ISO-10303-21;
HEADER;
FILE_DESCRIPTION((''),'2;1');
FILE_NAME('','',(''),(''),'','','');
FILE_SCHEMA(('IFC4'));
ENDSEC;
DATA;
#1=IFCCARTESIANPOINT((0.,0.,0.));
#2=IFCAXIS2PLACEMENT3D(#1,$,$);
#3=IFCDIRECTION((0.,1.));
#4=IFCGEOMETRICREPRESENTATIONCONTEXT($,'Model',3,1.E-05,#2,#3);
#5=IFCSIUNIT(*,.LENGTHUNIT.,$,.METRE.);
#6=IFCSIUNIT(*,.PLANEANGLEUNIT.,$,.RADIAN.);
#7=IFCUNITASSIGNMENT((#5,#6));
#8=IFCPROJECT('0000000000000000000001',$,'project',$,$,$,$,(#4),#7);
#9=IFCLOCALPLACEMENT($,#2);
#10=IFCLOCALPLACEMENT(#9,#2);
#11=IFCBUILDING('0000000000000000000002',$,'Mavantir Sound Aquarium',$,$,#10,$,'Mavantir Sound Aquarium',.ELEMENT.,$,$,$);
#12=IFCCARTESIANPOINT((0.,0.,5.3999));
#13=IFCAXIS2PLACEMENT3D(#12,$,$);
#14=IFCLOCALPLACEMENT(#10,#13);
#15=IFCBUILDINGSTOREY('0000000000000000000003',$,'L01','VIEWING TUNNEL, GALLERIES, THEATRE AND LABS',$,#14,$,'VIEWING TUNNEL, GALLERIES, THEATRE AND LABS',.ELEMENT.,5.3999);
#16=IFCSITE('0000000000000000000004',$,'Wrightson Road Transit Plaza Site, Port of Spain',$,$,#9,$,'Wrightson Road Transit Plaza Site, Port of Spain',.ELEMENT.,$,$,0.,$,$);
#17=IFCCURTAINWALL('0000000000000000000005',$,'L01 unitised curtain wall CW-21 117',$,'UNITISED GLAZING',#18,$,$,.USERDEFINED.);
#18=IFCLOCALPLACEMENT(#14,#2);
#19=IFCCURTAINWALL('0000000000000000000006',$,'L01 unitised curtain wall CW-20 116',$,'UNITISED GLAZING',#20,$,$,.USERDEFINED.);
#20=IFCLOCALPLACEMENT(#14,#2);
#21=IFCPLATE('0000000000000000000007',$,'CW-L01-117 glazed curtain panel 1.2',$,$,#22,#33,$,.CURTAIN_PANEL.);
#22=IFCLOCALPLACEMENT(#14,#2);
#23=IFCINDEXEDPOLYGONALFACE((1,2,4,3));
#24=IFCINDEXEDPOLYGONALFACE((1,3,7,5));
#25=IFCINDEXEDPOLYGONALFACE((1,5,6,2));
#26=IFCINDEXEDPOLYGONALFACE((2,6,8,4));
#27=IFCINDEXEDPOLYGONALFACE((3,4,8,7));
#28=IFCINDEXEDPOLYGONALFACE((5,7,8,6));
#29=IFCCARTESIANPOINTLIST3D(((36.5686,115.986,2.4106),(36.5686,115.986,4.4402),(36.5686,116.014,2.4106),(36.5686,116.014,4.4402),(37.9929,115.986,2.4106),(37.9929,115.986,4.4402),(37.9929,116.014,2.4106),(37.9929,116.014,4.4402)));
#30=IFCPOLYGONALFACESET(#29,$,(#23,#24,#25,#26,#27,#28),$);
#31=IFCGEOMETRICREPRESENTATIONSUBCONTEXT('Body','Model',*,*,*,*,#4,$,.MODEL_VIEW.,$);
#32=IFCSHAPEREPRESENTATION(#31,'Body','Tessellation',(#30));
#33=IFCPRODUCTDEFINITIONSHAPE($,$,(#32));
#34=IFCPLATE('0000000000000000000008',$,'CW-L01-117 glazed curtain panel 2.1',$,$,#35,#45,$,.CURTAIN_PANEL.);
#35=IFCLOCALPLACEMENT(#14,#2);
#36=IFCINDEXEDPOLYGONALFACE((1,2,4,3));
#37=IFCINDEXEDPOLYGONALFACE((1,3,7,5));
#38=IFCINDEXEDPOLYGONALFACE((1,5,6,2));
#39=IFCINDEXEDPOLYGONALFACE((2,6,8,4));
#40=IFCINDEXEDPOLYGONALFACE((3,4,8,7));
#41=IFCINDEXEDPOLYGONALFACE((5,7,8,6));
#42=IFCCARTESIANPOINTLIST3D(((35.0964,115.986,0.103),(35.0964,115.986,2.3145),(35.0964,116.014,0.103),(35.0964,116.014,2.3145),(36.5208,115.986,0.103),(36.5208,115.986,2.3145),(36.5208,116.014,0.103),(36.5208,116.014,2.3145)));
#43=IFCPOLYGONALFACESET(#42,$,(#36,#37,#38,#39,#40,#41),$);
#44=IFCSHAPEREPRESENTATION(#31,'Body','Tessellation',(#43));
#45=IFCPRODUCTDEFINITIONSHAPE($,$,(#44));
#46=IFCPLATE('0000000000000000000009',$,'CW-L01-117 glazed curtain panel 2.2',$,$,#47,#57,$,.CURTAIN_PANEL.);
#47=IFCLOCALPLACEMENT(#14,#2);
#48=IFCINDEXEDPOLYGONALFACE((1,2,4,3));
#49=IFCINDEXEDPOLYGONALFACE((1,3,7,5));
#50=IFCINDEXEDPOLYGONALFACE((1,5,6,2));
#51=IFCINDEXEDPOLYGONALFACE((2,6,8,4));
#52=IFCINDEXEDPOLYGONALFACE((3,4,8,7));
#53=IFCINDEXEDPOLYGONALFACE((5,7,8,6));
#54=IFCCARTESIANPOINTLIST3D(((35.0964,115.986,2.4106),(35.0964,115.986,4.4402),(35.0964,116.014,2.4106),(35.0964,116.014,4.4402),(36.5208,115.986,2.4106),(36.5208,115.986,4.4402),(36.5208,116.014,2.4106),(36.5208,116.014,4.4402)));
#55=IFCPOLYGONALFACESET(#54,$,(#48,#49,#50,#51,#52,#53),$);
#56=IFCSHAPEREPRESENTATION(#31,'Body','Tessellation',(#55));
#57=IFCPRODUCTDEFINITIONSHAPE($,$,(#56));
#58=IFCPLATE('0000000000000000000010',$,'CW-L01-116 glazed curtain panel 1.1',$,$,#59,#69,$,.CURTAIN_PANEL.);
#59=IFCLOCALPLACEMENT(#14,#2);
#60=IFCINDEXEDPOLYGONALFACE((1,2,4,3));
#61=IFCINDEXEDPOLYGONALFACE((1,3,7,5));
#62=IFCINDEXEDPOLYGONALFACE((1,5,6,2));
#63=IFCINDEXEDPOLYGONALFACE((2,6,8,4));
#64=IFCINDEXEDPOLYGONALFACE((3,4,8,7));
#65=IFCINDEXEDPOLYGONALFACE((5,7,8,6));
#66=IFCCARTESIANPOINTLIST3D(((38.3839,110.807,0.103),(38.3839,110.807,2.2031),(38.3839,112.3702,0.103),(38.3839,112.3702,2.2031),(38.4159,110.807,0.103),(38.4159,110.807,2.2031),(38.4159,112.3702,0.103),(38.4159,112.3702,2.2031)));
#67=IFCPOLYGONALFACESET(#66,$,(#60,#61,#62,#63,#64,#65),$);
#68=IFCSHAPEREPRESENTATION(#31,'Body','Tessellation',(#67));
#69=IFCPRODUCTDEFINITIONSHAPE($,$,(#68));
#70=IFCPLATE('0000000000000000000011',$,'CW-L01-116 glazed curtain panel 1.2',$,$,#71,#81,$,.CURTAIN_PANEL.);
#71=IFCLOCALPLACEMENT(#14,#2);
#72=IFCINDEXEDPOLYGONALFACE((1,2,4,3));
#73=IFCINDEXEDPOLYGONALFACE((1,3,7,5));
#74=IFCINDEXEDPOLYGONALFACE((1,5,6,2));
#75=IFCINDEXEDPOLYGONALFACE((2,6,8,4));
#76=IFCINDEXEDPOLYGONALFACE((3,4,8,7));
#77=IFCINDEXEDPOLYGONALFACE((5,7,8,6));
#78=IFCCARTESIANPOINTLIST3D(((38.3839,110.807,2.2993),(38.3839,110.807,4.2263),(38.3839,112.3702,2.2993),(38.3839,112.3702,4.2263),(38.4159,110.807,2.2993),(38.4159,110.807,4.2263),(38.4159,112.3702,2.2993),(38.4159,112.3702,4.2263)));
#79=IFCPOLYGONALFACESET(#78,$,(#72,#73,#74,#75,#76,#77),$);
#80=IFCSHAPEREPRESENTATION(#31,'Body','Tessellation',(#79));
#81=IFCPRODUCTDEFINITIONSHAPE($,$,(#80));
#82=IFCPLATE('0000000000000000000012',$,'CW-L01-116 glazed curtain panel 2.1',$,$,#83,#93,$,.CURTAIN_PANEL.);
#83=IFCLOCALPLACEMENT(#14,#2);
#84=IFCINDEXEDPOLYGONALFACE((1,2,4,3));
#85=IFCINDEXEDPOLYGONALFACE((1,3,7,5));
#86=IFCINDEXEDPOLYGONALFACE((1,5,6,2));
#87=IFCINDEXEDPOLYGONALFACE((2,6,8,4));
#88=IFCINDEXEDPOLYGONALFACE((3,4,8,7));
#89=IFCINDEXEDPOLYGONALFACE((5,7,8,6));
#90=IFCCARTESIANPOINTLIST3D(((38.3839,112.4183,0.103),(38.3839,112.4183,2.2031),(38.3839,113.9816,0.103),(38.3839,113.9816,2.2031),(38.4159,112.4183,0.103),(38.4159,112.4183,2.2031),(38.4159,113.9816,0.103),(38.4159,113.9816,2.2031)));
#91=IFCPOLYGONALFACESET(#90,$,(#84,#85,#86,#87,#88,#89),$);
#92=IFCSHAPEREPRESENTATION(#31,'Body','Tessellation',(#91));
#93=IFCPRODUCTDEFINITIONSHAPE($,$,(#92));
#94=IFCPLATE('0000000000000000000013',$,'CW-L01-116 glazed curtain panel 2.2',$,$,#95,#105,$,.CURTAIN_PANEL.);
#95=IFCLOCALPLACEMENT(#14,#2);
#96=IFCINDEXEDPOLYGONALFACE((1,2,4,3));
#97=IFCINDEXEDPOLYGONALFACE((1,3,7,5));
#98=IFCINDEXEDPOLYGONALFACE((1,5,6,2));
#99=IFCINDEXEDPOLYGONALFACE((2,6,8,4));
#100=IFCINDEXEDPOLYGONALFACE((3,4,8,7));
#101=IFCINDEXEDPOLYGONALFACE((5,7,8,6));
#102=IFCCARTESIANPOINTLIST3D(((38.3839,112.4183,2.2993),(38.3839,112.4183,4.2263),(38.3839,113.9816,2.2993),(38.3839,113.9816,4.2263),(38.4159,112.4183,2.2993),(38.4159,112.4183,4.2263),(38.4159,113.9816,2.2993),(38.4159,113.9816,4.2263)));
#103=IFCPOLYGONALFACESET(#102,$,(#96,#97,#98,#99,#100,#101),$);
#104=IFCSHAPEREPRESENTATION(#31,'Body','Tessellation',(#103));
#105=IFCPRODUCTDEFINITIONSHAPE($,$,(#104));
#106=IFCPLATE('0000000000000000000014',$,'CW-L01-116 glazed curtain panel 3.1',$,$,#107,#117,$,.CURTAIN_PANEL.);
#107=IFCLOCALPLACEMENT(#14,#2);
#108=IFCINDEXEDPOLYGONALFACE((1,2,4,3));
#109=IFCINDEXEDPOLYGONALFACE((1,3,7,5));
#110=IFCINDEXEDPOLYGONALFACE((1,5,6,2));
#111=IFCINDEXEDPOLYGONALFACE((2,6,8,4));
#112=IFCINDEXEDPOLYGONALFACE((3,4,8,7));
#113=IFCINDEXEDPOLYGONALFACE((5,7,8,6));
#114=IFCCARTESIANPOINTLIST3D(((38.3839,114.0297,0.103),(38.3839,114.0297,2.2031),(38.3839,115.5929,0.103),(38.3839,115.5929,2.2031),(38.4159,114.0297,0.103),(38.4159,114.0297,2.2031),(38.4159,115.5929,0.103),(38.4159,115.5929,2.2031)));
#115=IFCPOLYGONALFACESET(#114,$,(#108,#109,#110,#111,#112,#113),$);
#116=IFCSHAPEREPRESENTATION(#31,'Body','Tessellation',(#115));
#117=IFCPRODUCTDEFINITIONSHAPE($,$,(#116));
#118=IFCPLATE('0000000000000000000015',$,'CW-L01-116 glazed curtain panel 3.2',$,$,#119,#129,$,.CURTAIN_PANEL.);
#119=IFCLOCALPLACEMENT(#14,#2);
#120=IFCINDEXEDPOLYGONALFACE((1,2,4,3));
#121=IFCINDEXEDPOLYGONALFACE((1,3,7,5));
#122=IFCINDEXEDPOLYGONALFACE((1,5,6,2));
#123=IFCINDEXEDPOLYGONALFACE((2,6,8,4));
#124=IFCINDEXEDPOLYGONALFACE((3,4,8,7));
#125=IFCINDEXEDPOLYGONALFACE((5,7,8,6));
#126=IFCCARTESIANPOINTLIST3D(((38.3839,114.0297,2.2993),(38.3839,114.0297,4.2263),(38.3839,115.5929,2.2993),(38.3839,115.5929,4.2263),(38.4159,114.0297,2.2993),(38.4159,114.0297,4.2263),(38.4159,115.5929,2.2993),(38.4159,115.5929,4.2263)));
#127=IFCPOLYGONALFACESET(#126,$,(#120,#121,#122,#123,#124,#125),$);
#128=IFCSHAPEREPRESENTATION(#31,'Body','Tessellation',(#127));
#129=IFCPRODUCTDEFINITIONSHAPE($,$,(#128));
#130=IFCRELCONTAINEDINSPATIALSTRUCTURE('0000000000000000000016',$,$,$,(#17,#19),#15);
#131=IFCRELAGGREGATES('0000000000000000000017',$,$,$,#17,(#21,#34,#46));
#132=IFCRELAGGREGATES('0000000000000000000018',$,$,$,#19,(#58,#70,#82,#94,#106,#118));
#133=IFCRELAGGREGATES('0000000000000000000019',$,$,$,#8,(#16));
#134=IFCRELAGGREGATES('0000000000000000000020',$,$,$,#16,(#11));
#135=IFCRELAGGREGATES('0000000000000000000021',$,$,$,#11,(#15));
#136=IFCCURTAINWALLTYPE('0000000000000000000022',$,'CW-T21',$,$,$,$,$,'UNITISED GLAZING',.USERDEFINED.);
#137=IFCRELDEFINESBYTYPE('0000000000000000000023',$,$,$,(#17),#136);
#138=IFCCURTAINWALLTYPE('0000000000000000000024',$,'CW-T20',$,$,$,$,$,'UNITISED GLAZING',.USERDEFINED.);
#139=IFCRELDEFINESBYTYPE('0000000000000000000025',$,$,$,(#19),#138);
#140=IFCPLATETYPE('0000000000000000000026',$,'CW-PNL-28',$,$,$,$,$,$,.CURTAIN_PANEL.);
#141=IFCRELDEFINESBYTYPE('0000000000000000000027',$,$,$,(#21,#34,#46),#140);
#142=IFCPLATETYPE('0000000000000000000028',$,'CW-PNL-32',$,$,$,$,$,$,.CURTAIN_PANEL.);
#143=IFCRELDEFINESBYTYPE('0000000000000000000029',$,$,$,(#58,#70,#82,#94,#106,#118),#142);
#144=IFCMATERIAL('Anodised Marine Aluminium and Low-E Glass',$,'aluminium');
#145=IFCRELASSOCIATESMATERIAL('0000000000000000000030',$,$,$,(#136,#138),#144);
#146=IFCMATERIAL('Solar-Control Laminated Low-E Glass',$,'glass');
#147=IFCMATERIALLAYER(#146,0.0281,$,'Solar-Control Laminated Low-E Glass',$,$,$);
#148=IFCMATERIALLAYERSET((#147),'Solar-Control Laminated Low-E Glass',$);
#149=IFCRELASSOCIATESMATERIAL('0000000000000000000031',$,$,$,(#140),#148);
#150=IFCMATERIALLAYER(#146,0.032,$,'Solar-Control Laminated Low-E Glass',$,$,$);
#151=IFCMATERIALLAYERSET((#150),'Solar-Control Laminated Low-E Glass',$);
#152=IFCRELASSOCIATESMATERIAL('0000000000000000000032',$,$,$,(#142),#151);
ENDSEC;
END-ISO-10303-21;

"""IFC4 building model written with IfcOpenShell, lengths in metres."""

from ifc_helpers import new_model, si_unit, direction, frame, origin, origin_2d, place, context, subcontext, project, spatial, rectangle, extrude, material, layer, layer_set, type_object, element, aggregate, save


model = new_model("IFC4")

# Units and contexts
model_context = context("Model", 3, precision=1e-05, world=origin(), true_north=direction((0.0, 1.0)))
body_context = subcontext(model_context, "Body", "Model", "MODEL_VIEW")
ifc_project = project(units=[si_unit("LENGTHUNIT", "METRE"), si_unit("PLANEANGLEUNIT", "RADIAN")], contexts=[model_context])

# Site, building, storey
site_placement = place(None, origin())
site = spatial("IfcSite", under=ifc_project, at=site_placement, Name="Wrightson Road Transit Plaza Site, Port of Spain", LongName="Wrightson Road Transit Plaza Site, Port of Spain", CompositionType="ELEMENT", RefElevation=0.0)
building_placement = place(site_placement, origin())
building = spatial("IfcBuilding", under=site, at=building_placement, Name="Mavantir Sound Aquarium", LongName="Mavantir Sound Aquarium", CompositionType="ELEMENT")
storey_placement = place(building_placement, frame((0.0, 0.0, 5.3999)))
storey = spatial("IfcBuildingStorey", under=building, at=storey_placement, Name="L01", Description="VIEWING TUNNEL, GALLERIES, THEATRE AND LABS", LongName="VIEWING TUNNEL, GALLERIES, THEATRE AND LABS", CompositionType="ELEMENT", Elevation=5.3999)

# Curtain walls
ifc_material_1 = material(Name="Anodised Marine Aluminium and Low-E Glass", Category="aluminium")
curtain_wall_type_1 = type_object("IfcCurtainWallType", Name="CW-T21", ElementType="UNITISED GLAZING", PredefinedType="USERDEFINED", material=ifc_material_1)
curtain_wall_1_placement = place(storey_placement, origin())
curtain_wall_1 = element("IfcCurtainWall", 1, at=curtain_wall_1_placement, inside=storey, type_object=curtain_wall_type_1, Name="L01 unitised curtain wall CW-21 117", ObjectType="UNITISED GLAZING", PredefinedType="USERDEFINED")
curtain_wall_type_2 = type_object("IfcCurtainWallType", Name="CW-T20", ElementType="UNITISED GLAZING", PredefinedType="USERDEFINED", material=ifc_material_1)
curtain_wall_2_placement = place(storey_placement, origin())
curtain_wall_2 = element("IfcCurtainWall", 2, at=curtain_wall_2_placement, inside=storey, type_object=curtain_wall_type_2, Name="L01 unitised curtain wall CW-20 116", ObjectType="UNITISED GLAZING", PredefinedType="USERDEFINED")

# Plates
ifc_material_2 = material(Name="Solar-Control Laminated Low-E Glass", Category="glass")
ifc_layer_1 = layer(ifc_material_2, 0.0281, Name="Solar-Control Laminated Low-E Glass")
ifc_layer_set_1 = layer_set([ifc_layer_1], Name="Solar-Control Laminated Low-E Glass")
plate_type_1 = type_object("IfcPlateType", Name="CW-PNL-28", PredefinedType="CURTAIN_PANEL", material=ifc_layer_set_1)
plate_1_placement = place(storey_placement, frame((37.2808, 116.0, 2.4106), z_axis=(0.0, 0.0, 1.0), x_axis=(-1.0, 0.0, 0.0)))
plate_1 = element("IfcPlate", 3, at=plate_1_placement, type_object=plate_type_1, Name="CW-L01-117 glazed curtain panel 1.2", PredefinedType="CURTAIN_PANEL", context=body_context, shape_type="SweptSolid", body=[
    extrude(rectangle(XDim=1.4243, YDim=0.0281, at=origin_2d()), origin(), (0.0, 0.0, 1.0), 2.0295),
])
plate_2_placement = place(storey_placement, frame((35.8086, 116.0, 0.103), z_axis=(0.0, 0.0, 1.0), x_axis=(-1.0, 0.0, 0.0)))
plate_2 = element("IfcPlate", 4, at=plate_2_placement, type_object=plate_type_1, Name="CW-L01-117 glazed curtain panel 2.1", PredefinedType="CURTAIN_PANEL", context=body_context, shape_type="SweptSolid", body=[
    extrude(rectangle(XDim=1.4243, YDim=0.0281, at=origin_2d()), origin(), (0.0, 0.0, 1.0), 2.2114),
])
plate_3_placement = place(storey_placement, frame((35.8086, 116.0, 2.4106), z_axis=(0.0, 0.0, 1.0), x_axis=(-1.0, 0.0, 0.0)))
plate_3 = element("IfcPlate", 5, at=plate_3_placement, type_object=plate_type_1, Name="CW-L01-117 glazed curtain panel 2.2", PredefinedType="CURTAIN_PANEL", context=body_context, shape_type="SweptSolid", body=[
    extrude(rectangle(XDim=1.4243, YDim=0.0281, at=origin_2d()), origin(), (0.0, 0.0, 1.0), 2.0295),
])
aggregate(curtain_wall_1, [plate_1, plate_2, plate_3])
ifc_layer_2 = layer(ifc_material_2, 0.032, Name="Solar-Control Laminated Low-E Glass")
ifc_layer_set_2 = layer_set([ifc_layer_2], Name="Solar-Control Laminated Low-E Glass")
plate_type_2 = type_object("IfcPlateType", Name="CW-PNL-32", PredefinedType="CURTAIN_PANEL", material=ifc_layer_set_2)
plate_4_placement = place(storey_placement, frame((38.3999, 111.5886, 0.103), z_axis=(0.0, 0.0, 1.0), x_axis=(0.0, 1.0, 0.0)))
plate_4 = element("IfcPlate", 6, at=plate_4_placement, type_object=plate_type_2, Name="CW-L01-116 glazed curtain panel 1.1", PredefinedType="CURTAIN_PANEL", context=body_context, shape_type="SweptSolid", body=[
    extrude(rectangle(XDim=1.5632, YDim=0.032, at=origin_2d()), origin(), (0.0, 0.0, 1.0), 2.1001),
])
plate_5_placement = place(storey_placement, frame((38.3999, 111.5886, 2.2993), z_axis=(0.0, 0.0, 1.0), x_axis=(0.0, 1.0, 0.0)))
plate_5 = element("IfcPlate", 7, at=plate_5_placement, type_object=plate_type_2, Name="CW-L01-116 glazed curtain panel 1.2", PredefinedType="CURTAIN_PANEL", context=body_context, shape_type="SweptSolid", body=[
    extrude(rectangle(XDim=1.5632, YDim=0.032, at=origin_2d()), origin(), (0.0, 0.0, 1.0), 1.927),
])
plate_6_placement = place(storey_placement, frame((38.3999, 113.2, 0.103), z_axis=(0.0, 0.0, 1.0), x_axis=(0.0, 1.0, 0.0)))
plate_6 = element("IfcPlate", 8, at=plate_6_placement, type_object=plate_type_2, Name="CW-L01-116 glazed curtain panel 2.1", PredefinedType="CURTAIN_PANEL", context=body_context, shape_type="SweptSolid", body=[
    extrude(rectangle(XDim=1.5632, YDim=0.032, at=origin_2d()), origin(), (0.0, 0.0, 1.0), 2.1001),
])
plate_7_placement = place(storey_placement, frame((38.3999, 113.2, 2.2993), z_axis=(0.0, 0.0, 1.0), x_axis=(0.0, 1.0, 0.0)))
plate_7 = element("IfcPlate", 9, at=plate_7_placement, type_object=plate_type_2, Name="CW-L01-116 glazed curtain panel 2.2", PredefinedType="CURTAIN_PANEL", context=body_context, shape_type="SweptSolid", body=[
    extrude(rectangle(XDim=1.5632, YDim=0.032, at=origin_2d()), origin(), (0.0, 0.0, 1.0), 1.927),
])
plate_8_placement = place(storey_placement, frame((38.3999, 114.8113, 0.103), z_axis=(0.0, 0.0, 1.0), x_axis=(0.0, 1.0, 0.0)))
plate_8 = element("IfcPlate", 10, at=plate_8_placement, type_object=plate_type_2, Name="CW-L01-116 glazed curtain panel 3.1", PredefinedType="CURTAIN_PANEL", context=body_context, shape_type="SweptSolid", body=[
    extrude(rectangle(XDim=1.5632, YDim=0.032, at=origin_2d()), origin(), (0.0, 0.0, 1.0), 2.1001),
])
plate_9_placement = place(storey_placement, frame((38.3999, 114.8113, 2.2993), z_axis=(0.0, 0.0, 1.0), x_axis=(0.0, 1.0, 0.0)))
plate_9 = element("IfcPlate", 11, at=plate_9_placement, type_object=plate_type_2, Name="CW-L01-116 glazed curtain panel 3.2", PredefinedType="CURTAIN_PANEL", context=body_context, shape_type="SweptSolid", body=[
    extrude(rectangle(XDim=1.5632, YDim=0.032, at=origin_2d()), origin(), (0.0, 0.0, 1.0), 1.927),
])
aggregate(curtain_wall_2, [plate_4, plate_5, plate_6, plate_7, plate_8, plate_9])

save(model, "model.ifc")
